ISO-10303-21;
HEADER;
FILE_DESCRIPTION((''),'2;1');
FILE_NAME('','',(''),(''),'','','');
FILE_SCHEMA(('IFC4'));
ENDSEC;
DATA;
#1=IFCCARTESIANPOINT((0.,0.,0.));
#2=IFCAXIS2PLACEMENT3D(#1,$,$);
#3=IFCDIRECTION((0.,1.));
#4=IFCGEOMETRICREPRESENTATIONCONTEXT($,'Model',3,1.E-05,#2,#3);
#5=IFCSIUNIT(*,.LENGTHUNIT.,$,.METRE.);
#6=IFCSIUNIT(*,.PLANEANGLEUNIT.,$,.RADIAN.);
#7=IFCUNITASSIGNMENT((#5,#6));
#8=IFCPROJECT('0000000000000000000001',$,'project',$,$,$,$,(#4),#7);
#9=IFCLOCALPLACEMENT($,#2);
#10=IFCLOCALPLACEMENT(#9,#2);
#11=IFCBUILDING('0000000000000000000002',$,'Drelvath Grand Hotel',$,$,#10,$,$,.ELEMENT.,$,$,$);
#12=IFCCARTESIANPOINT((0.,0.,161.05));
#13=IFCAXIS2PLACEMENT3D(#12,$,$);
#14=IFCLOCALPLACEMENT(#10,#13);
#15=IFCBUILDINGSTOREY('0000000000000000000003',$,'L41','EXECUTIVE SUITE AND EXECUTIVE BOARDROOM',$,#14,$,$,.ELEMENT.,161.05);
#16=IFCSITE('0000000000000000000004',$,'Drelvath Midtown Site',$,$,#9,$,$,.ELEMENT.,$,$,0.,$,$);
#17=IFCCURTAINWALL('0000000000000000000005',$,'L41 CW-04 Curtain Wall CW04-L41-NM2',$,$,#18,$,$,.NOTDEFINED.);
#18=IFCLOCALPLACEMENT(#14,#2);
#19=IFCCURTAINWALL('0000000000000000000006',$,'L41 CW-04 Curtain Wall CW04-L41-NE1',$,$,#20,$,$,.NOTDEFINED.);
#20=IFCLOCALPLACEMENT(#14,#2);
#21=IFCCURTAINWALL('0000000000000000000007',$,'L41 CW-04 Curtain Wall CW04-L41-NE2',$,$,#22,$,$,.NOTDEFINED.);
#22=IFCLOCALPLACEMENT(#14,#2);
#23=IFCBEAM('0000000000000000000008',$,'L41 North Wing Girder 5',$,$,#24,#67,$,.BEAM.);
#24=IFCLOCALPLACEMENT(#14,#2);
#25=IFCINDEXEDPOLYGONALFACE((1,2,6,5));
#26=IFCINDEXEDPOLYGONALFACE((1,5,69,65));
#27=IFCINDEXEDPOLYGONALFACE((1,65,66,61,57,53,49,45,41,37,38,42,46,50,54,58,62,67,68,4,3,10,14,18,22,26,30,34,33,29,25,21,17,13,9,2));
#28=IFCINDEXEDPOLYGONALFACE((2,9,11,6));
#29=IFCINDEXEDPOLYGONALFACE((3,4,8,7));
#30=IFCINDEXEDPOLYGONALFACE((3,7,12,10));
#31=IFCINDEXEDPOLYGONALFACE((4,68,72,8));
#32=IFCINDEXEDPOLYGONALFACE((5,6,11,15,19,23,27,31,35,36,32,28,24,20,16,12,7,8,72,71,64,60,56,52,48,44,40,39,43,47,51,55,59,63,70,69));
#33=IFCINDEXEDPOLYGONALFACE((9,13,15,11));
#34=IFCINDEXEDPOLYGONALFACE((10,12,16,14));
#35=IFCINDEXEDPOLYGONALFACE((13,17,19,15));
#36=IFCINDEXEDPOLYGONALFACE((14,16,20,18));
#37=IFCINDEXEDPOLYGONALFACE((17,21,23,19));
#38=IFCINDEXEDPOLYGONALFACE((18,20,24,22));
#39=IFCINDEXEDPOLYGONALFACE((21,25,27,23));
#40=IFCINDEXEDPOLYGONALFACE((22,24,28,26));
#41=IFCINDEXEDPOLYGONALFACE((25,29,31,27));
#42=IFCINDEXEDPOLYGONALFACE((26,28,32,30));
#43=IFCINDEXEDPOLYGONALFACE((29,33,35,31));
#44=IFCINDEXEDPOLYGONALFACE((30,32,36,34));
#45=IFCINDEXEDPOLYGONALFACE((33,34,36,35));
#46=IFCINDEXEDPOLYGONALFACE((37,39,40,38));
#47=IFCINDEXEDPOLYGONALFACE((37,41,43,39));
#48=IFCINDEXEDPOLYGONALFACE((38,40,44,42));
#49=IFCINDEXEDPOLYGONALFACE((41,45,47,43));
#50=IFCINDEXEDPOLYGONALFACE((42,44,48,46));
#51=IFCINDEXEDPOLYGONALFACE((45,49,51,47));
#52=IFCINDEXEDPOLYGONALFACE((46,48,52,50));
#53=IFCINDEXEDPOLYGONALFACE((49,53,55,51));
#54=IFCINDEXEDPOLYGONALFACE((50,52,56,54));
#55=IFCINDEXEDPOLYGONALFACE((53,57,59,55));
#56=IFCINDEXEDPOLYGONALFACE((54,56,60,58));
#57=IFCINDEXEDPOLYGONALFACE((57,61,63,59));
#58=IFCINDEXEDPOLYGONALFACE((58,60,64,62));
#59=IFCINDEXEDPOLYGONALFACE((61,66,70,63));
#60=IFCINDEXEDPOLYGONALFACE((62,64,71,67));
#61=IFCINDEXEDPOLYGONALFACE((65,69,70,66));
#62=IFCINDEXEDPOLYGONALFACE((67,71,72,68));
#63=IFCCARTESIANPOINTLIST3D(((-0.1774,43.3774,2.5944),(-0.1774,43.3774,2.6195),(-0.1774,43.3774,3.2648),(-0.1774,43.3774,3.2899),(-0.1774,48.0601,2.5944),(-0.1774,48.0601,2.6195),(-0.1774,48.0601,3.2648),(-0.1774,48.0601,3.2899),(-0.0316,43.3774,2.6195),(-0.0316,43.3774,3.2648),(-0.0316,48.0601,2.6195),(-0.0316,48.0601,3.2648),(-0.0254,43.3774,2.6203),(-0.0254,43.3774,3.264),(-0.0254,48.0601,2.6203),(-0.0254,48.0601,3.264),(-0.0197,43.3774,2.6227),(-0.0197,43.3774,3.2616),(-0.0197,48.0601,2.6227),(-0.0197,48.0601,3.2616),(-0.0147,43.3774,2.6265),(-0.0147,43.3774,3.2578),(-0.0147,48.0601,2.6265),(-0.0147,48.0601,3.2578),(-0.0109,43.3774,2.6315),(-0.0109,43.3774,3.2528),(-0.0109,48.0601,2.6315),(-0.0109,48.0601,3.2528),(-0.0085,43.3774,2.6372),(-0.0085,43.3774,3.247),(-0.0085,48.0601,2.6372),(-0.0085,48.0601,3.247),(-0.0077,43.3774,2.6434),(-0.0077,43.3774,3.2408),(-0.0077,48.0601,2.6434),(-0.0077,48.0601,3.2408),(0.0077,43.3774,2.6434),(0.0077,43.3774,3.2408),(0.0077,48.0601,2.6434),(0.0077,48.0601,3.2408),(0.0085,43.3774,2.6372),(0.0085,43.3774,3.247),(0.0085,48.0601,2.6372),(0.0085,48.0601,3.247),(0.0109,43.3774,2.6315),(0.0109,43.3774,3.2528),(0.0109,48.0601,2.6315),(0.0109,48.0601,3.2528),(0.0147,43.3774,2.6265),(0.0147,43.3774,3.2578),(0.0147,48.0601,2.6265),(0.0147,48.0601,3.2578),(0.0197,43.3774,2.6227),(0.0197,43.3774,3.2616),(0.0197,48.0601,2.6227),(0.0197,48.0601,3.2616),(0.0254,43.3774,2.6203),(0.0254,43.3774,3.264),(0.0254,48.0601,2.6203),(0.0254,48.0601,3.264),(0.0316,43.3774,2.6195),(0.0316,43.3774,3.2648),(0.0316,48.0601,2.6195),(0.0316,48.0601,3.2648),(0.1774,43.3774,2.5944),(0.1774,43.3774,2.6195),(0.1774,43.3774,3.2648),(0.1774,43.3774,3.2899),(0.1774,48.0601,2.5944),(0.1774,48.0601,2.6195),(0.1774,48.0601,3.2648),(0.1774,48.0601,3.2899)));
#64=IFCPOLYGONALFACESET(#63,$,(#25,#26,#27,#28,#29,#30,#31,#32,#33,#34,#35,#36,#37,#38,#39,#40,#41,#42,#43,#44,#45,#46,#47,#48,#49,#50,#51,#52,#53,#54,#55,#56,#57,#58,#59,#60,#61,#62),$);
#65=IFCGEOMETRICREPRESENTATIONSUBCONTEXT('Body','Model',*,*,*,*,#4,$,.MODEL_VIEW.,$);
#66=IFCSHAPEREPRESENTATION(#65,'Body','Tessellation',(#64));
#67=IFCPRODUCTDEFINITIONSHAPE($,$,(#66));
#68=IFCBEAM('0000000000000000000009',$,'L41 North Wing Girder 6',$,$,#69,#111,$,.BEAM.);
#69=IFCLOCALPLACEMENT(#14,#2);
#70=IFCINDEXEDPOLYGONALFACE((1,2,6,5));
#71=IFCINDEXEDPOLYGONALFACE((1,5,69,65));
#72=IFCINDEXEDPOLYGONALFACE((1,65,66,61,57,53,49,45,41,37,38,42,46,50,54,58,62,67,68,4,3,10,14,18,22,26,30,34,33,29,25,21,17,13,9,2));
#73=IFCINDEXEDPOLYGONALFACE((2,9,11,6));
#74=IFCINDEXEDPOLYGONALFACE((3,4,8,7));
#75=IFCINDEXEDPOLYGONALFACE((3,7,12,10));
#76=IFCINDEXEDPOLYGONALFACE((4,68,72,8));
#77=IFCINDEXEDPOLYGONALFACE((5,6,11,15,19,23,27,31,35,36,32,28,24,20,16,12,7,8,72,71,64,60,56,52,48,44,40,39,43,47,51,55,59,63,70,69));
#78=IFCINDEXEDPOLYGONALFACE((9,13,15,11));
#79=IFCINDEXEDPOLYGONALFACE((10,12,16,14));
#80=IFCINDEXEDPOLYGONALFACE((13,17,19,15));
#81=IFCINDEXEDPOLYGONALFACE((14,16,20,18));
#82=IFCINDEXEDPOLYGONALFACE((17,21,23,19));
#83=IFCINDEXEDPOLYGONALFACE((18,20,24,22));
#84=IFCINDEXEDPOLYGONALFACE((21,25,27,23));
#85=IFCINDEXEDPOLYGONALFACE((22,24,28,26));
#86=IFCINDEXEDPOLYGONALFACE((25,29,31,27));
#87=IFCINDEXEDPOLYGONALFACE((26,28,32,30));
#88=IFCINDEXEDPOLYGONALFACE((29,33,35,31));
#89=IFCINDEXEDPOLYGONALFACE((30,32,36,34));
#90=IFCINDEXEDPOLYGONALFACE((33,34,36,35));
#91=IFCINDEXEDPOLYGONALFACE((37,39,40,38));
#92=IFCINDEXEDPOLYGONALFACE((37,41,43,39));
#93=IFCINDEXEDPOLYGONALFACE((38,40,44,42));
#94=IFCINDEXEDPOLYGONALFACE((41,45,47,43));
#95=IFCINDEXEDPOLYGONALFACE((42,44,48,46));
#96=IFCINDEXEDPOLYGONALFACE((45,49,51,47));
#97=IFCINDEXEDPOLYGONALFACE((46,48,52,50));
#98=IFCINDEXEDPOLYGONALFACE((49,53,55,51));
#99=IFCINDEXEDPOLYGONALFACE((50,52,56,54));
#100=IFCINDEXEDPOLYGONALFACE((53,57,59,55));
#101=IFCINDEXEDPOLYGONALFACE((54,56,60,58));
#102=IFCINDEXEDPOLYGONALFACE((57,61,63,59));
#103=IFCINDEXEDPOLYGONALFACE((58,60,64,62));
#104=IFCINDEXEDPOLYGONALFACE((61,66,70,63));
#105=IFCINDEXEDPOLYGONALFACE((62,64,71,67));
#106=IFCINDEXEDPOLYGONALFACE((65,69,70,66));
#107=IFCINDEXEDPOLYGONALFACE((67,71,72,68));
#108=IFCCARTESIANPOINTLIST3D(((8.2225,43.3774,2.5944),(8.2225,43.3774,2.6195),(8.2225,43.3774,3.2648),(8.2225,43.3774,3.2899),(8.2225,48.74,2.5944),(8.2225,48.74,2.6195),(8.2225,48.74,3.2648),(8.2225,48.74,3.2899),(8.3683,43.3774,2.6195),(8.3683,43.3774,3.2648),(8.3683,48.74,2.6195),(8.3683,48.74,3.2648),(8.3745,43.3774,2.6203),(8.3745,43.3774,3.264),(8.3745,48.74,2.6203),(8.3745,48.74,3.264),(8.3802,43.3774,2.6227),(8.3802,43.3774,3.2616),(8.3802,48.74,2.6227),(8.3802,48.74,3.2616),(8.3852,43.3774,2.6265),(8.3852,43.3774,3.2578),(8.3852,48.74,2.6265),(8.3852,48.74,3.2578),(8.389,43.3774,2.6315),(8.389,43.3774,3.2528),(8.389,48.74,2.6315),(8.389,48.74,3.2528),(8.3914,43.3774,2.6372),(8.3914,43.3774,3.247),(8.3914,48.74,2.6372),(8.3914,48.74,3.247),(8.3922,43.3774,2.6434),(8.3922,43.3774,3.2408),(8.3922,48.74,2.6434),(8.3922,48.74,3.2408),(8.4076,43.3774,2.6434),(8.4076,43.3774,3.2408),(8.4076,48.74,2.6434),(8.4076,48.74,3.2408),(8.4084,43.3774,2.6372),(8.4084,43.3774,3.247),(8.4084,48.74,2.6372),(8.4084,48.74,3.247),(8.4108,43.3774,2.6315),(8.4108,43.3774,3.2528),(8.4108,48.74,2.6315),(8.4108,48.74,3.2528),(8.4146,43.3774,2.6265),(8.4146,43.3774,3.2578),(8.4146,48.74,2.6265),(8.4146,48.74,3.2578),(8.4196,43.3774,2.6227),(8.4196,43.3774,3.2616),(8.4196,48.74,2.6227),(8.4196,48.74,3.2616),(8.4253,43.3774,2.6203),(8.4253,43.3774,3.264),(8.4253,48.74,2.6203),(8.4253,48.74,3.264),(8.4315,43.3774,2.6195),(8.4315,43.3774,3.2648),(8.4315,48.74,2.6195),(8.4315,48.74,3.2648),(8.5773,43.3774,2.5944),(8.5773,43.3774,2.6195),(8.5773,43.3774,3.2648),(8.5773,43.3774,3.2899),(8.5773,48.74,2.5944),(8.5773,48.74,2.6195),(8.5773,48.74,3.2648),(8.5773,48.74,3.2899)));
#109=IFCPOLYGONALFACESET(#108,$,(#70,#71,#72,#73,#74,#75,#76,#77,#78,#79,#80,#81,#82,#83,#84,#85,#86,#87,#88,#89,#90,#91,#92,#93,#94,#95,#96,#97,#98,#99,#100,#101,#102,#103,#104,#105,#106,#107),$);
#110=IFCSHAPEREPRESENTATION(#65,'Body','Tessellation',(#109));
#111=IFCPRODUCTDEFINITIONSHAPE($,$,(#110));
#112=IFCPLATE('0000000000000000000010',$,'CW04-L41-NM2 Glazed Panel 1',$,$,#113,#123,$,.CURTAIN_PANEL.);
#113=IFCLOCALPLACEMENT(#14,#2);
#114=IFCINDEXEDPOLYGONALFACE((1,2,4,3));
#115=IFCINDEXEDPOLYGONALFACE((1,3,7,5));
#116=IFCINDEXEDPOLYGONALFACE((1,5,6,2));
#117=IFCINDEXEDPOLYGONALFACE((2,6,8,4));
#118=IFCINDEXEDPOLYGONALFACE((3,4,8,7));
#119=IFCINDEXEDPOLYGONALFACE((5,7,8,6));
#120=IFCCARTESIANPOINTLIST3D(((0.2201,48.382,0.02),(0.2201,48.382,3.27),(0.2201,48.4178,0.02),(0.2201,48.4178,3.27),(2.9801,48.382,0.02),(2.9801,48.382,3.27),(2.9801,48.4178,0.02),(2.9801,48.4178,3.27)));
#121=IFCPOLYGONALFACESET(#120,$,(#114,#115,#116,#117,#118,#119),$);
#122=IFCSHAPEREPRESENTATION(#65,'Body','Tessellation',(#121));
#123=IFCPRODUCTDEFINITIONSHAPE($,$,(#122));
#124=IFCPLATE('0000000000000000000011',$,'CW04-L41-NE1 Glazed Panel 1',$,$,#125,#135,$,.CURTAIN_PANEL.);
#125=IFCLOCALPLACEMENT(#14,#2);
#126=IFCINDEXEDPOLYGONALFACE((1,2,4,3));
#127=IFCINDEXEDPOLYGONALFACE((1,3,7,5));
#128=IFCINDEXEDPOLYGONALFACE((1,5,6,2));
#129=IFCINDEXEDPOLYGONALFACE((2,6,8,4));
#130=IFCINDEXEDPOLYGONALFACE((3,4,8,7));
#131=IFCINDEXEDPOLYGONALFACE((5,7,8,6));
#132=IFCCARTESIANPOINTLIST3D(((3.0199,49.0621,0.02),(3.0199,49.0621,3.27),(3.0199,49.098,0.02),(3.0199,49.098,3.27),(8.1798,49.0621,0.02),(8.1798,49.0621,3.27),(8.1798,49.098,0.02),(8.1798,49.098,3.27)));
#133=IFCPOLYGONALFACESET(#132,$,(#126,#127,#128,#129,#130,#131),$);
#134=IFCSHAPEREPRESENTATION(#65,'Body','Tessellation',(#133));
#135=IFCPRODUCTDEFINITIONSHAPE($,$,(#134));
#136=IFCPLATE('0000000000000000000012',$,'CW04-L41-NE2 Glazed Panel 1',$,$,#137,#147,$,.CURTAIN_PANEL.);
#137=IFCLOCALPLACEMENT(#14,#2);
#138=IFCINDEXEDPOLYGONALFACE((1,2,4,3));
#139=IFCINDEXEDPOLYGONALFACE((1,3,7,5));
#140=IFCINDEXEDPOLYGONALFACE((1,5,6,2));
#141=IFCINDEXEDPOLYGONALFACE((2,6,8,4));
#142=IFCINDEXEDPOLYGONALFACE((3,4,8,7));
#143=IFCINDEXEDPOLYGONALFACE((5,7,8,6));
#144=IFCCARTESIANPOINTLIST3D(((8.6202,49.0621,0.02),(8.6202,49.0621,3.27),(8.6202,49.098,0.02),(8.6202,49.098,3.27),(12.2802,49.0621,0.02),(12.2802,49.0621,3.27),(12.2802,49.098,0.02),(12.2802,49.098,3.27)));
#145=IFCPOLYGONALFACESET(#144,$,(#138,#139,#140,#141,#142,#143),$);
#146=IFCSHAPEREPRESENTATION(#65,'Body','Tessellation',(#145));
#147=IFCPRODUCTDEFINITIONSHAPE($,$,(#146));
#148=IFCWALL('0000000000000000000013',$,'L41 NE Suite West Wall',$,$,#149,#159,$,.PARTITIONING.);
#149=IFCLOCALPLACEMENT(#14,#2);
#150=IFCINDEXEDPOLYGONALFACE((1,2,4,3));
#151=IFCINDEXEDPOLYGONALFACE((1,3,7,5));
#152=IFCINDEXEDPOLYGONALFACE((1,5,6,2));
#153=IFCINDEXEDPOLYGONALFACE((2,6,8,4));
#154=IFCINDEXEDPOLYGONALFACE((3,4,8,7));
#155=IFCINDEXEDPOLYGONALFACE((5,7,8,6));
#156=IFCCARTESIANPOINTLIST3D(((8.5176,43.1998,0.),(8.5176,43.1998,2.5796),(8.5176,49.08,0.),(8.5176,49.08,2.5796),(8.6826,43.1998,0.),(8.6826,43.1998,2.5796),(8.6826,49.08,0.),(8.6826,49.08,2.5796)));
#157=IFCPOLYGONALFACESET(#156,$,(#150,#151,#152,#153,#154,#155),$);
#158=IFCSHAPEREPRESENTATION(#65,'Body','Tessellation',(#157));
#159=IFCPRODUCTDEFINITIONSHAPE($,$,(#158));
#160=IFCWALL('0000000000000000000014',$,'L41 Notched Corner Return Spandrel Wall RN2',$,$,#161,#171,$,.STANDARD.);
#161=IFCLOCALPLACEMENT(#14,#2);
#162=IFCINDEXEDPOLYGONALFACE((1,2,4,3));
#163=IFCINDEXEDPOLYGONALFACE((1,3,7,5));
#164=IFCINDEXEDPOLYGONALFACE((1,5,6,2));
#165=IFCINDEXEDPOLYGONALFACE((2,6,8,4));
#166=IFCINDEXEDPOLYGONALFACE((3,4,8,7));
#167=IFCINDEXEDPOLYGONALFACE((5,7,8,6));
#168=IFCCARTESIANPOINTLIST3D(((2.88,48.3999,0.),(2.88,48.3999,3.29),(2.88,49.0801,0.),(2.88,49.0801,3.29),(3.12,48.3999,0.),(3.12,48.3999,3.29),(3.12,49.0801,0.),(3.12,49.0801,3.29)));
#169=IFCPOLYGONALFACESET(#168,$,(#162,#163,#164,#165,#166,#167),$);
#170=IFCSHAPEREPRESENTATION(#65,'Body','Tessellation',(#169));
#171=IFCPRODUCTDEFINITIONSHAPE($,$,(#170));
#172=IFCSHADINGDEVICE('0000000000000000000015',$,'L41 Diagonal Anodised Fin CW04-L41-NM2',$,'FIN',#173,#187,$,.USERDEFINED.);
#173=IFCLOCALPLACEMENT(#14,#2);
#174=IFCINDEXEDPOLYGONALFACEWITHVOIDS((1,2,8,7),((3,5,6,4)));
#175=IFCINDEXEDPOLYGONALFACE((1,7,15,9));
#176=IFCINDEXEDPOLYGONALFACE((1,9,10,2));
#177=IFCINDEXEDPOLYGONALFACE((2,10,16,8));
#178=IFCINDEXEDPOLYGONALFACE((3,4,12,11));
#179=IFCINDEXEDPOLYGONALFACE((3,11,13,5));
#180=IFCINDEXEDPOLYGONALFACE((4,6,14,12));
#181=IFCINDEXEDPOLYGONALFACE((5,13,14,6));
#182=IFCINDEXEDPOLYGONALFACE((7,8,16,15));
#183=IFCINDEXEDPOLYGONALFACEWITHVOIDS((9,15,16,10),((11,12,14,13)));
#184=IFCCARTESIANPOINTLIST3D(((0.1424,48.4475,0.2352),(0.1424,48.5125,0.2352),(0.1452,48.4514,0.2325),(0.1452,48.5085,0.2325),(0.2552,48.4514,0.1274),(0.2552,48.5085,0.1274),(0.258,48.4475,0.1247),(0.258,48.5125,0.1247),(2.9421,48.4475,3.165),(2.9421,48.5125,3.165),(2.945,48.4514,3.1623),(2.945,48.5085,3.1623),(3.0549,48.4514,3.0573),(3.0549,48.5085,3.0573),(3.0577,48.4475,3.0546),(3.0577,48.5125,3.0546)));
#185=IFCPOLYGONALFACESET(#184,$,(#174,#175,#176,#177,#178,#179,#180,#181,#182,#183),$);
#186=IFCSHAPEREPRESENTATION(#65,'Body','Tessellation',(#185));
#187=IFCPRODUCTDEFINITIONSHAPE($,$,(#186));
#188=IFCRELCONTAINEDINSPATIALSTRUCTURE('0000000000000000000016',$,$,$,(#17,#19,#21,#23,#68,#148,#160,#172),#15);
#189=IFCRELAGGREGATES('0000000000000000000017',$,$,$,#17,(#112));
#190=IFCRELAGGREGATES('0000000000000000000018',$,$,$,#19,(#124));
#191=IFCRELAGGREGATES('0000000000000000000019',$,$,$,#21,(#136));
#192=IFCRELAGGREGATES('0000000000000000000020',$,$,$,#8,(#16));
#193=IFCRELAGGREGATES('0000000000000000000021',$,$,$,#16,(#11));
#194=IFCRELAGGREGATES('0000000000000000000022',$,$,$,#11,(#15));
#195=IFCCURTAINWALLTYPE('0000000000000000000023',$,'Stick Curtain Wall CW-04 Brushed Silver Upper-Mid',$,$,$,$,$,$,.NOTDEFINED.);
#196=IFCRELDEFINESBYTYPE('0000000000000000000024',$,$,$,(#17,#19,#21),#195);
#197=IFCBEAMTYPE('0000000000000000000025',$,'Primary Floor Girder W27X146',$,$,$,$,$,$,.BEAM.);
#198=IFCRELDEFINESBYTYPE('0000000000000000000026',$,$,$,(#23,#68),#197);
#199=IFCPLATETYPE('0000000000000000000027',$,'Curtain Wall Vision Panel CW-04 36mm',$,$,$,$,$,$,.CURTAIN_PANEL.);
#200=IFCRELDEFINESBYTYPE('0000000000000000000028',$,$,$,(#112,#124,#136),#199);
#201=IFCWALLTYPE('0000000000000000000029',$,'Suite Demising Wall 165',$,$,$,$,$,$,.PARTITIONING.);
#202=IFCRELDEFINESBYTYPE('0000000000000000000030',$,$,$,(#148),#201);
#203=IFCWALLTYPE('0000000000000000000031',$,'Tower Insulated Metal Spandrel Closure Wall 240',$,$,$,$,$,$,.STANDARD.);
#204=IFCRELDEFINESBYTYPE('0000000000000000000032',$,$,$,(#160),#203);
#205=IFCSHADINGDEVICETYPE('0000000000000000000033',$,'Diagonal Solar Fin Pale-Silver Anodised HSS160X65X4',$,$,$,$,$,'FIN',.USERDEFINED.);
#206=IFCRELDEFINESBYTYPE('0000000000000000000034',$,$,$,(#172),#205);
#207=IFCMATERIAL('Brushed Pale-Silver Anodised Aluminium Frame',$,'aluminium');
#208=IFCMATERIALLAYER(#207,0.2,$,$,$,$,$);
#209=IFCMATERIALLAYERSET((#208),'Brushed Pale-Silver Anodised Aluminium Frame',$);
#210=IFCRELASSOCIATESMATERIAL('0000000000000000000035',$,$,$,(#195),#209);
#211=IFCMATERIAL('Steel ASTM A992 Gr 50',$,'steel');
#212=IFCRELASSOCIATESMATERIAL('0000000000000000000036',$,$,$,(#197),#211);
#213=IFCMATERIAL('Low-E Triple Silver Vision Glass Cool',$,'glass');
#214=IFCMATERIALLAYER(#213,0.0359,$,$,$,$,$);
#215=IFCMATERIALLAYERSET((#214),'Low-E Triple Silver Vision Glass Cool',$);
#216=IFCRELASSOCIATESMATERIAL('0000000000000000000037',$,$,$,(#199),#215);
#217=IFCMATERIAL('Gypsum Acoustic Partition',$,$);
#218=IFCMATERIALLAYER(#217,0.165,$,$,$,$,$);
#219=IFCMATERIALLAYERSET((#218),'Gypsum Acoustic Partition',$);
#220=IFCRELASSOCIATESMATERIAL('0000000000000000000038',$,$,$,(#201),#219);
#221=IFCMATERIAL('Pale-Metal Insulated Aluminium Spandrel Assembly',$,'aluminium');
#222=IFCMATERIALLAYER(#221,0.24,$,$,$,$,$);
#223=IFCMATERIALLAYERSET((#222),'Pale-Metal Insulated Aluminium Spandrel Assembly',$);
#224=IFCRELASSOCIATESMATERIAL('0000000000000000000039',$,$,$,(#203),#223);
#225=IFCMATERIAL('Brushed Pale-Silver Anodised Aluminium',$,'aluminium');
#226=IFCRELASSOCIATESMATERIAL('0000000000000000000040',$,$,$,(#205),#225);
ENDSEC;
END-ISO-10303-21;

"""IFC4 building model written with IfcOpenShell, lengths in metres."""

from ifc_helpers import new_model, si_unit, direction, frame, frame_2d, origin, origin_2d, place, context, subcontext, project, spatial, rectangle, hollow_rectangle, i_section, extrude, material, layer, layer_set, material_profile, profile_set, type_object, element, aggregate, save


model = new_model("IFC4")

# Units and contexts
model_context = context("Model", 3, precision=1e-05, world=origin(), true_north=direction((0.0, 1.0)))
body_context = subcontext(model_context, "Body", "Model", "MODEL_VIEW")
ifc_project = project(units=[si_unit("LENGTHUNIT", "METRE"), si_unit("PLANEANGLEUNIT", "RADIAN")], contexts=[model_context])

# Site, building, storey
site_placement = place(None, origin())
site = spatial("IfcSite", under=ifc_project, at=site_placement, Name="Drelvath Midtown Site", CompositionType="ELEMENT", RefElevation=0.0)
building_placement = place(site_placement, origin())
building = spatial("IfcBuilding", under=site, at=building_placement, Name="Drelvath Grand Hotel", CompositionType="ELEMENT")
storey_placement = place(building_placement, frame((0.0, 0.0, 161.05)))
storey = spatial("IfcBuildingStorey", under=building, at=storey_placement, Name="L41", Description="EXECUTIVE SUITE AND EXECUTIVE BOARDROOM", CompositionType="ELEMENT", Elevation=161.05)

# Curtain walls
ifc_material_1 = material(Name="Brushed Pale-Silver Anodised Aluminium Frame", Category="aluminium")
ifc_layer_1 = layer(ifc_material_1, 0.2)
ifc_layer_set_1 = layer_set([ifc_layer_1], Name="Brushed Pale-Silver Anodised Aluminium Frame")
curtain_wall_type = type_object("IfcCurtainWallType", Name="Stick Curtain Wall CW-04 Brushed Silver Upper-Mid", PredefinedType="NOTDEFINED", material=ifc_layer_set_1)
curtain_wall_1_placement = place(storey_placement, origin())
curtain_wall_1 = element("IfcCurtainWall", 1, at=curtain_wall_1_placement, inside=storey, type_object=curtain_wall_type, Name="L41 CW-04 Curtain Wall CW04-L41-NM2", PredefinedType="NOTDEFINED")
curtain_wall_2_placement = place(storey_placement, origin())
curtain_wall_2 = element("IfcCurtainWall", 2, at=curtain_wall_2_placement, inside=storey, type_object=curtain_wall_type, Name="L41 CW-04 Curtain Wall CW04-L41-NE1", PredefinedType="NOTDEFINED")
curtain_wall_3_placement = place(storey_placement, origin())
curtain_wall_3 = element("IfcCurtainWall", 3, at=curtain_wall_3_placement, inside=storey, type_object=curtain_wall_type, Name="L41 CW-04 Curtain Wall CW04-L41-NE2", PredefinedType="NOTDEFINED")

# Beams
ifc_material_2 = material(Name="Steel ASTM A992 Gr 50", Category="steel")
ifc_material_profile_1 = material_profile(ifc_material_2, i_section(OverallWidth=0.3547, OverallDepth=0.6956, WebThickness=0.0154, FlangeThickness=0.0251, FilletRadius=0.0239, at=origin_2d()), Name="W27X146")
ifc_profile_set_1 = profile_set([ifc_material_profile_1], Name="Steel ASTM A992 Gr 50")
beam_type_1 = type_object("IfcBeamType", Name="Primary Floor Girder W27X146", PredefinedType="BEAM", material=ifc_profile_set_1)
beam_1_placement = place(storey_placement, frame((0.0, 43.3774, 2.9421), z_axis=(0.0, 1.0, 0.0), x_axis=(-1.0, 0.0, 0.0)))
element("IfcBeam", 4, at=beam_1_placement, inside=storey, type_object=beam_type_1, Name="L41 North Wing Girder 5", PredefinedType="BEAM", context=body_context, shape_type="SweptSolid", body=[
    extrude(i_section(OverallWidth=0.3547, OverallDepth=0.6956, WebThickness=0.0154, FlangeThickness=0.0251, FilletRadius=0.0239, at=origin_2d()), origin(), (0.0, 0.0, 1.0), 4.6826),
])
beam_2_placement = place(storey_placement, frame((8.3999, 43.3774, 2.9421), z_axis=(0.0, 1.0, 0.0), x_axis=(-1.0, 0.0, 0.0)))
element("IfcBeam", 5, at=beam_2_placement, inside=storey, type_object=beam_type_1, Name="L41 North Wing Girder 6", PredefinedType="BEAM", context=body_context, shape_type="SweptSolid", body=[
    extrude(i_section(OverallWidth=0.3547, OverallDepth=0.6956, WebThickness=0.0154, FlangeThickness=0.0251, FilletRadius=0.0239, at=origin_2d()), origin(), (0.0, 0.0, 1.0), 5.3625),
])

# Plates
ifc_material_3 = material(Name="Low-E Triple Silver Vision Glass Cool", Category="glass")
ifc_layer_2 = layer(ifc_material_3, 0.0359)
ifc_layer_set_2 = layer_set([ifc_layer_2], Name="Low-E Triple Silver Vision Glass Cool")
plate_type = type_object("IfcPlateType", Name="Curtain Wall Vision Panel CW-04 36mm", PredefinedType="CURTAIN_PANEL", material=ifc_layer_set_2)
plate_1_placement = place(storey_placement, frame((1.6001, 48.3999, 0.02), z_axis=(0.0, 0.0, 1.0), x_axis=(1.0, 0.0, 0.0)))
plate_1 = element("IfcPlate", 6, at=plate_1_placement, type_object=plate_type, Name="CW04-L41-NM2 Glazed Panel 1", PredefinedType="CURTAIN_PANEL", context=body_context, shape_type="SweptSolid", body=[
    extrude(rectangle(XDim=2.76, YDim=0.0359, at=origin_2d()), origin(), (0.0, 0.0, 1.0), 3.25),
])
aggregate(curtain_wall_1, [plate_1])
plate_2_placement = place(storey_placement, frame((5.5999, 49.0801, 0.02), z_axis=(0.0, 0.0, 1.0), x_axis=(1.0, 0.0, 0.0)))
plate_2 = element("IfcPlate", 7, at=plate_2_placement, type_object=plate_type, Name="CW04-L41-NE1 Glazed Panel 1", PredefinedType="CURTAIN_PANEL", context=body_context, shape_type="SweptSolid", body=[
    extrude(rectangle(XDim=5.1599, YDim=0.0359, at=origin_2d()), origin(), (0.0, 0.0, 1.0), 3.25),
])
aggregate(curtain_wall_2, [plate_2])
plate_3_placement = place(storey_placement, frame((10.4502, 49.0801, 0.02), z_axis=(0.0, 0.0, 1.0), x_axis=(1.0, 0.0, 0.0)))
plate_3 = element("IfcPlate", 8, at=plate_3_placement, type_object=plate_type, Name="CW04-L41-NE2 Glazed Panel 1", PredefinedType="CURTAIN_PANEL", context=body_context, shape_type="SweptSolid", body=[
    extrude(rectangle(XDim=3.6599, YDim=0.0359, at=origin_2d()), origin(), (0.0, 0.0, 1.0), 3.25),
])
aggregate(curtain_wall_3, [plate_3])

# Walls
ifc_material_4 = material(Name="Gypsum Acoustic Partition")
ifc_layer_3 = layer(ifc_material_4, 0.165)
ifc_layer_set_3 = layer_set([ifc_layer_3], Name="Gypsum Acoustic Partition")
wall_type_1 = type_object("IfcWallType", Name="Suite Demising Wall 165", PredefinedType="PARTITIONING", material=ifc_layer_set_3)
wall_1_placement = place(storey_placement, frame((8.6001, 43.2, 0.0), z_axis=(0.0, 0.0, 1.0), x_axis=(0.0, 1.0, 0.0)))
element("IfcWall", 9, at=wall_1_placement, inside=storey, type_object=wall_type_1, Name="L41 NE Suite West Wall", PredefinedType="PARTITIONING", context=body_context, shape_type="SweptSolid", body=[
    extrude(rectangle(XDim=5.8801, YDim=0.165, at=frame_2d((2.9399, 0.0))), origin(), (0.0, 0.0, 1.0), 2.5796),
])
ifc_material_5 = material(Name="Pale-Metal Insulated Aluminium Spandrel Assembly", Category="aluminium")
ifc_layer_4 = layer(ifc_material_5, 0.24)
ifc_layer_set_4 = layer_set([ifc_layer_4], Name="Pale-Metal Insulated Aluminium Spandrel Assembly")
wall_type_2 = type_object("IfcWallType", Name="Tower Insulated Metal Spandrel Closure Wall 240", PredefinedType="STANDARD", material=ifc_layer_set_4)
wall_2_placement = place(storey_placement, frame((3.0, 48.3999, 0.0), z_axis=(0.0, 0.0, 1.0), x_axis=(0.0, 1.0, 0.0)))
element("IfcWall", 10, at=wall_2_placement, inside=storey, type_object=wall_type_2, Name="L41 Notched Corner Return Spandrel Wall RN2", PredefinedType="STANDARD", context=body_context, shape_type="SweptSolid", body=[
    extrude(rectangle(XDim=0.6802, YDim=0.24, at=frame_2d((0.3401, 0.0))), origin(), (0.0, 0.0, 1.0), 3.29),
])

# Shading device
ifc_material_6 = material(Name="Brushed Pale-Silver Anodised Aluminium", Category="aluminium")
ifc_material_profile_2 = material_profile(ifc_material_6, hollow_rectangle(XDim=0.0649, YDim=0.1599, WallThickness=0.0039, at=origin_2d()), Name="HSS160X65X4")
ifc_profile_set_2 = profile_set([ifc_material_profile_2], Name="Brushed Pale-Silver Anodised Aluminium")
shading_device_type = type_object("IfcShadingDeviceType", Name="Diagonal Solar Fin Pale-Silver Anodised HSS160X65X4", ElementType="FIN", PredefinedType="USERDEFINED", material=ifc_profile_set_2)
shading_device_placement = place(storey_placement, frame((0.2002, 48.48, 0.1799), z_axis=(0.69087, 0.0, 0.722979), x_axis=(0.0, 1.0, 0.0)))
element("IfcShadingDevice", 11, at=shading_device_placement, inside=storey, type_object=shading_device_type, Name="L41 Diagonal Anodised Fin CW04-L41-NM2", ObjectType="FIN", PredefinedType="USERDEFINED", context=body_context, shape_type="SweptSolid", body=[
    extrude(hollow_rectangle(XDim=0.0649, YDim=0.1599, WallThickness=0.0039, at=origin_2d()), origin(), (0.0, 0.0, 1.0), 4.0525),
])

save(model, "model.ifc")
